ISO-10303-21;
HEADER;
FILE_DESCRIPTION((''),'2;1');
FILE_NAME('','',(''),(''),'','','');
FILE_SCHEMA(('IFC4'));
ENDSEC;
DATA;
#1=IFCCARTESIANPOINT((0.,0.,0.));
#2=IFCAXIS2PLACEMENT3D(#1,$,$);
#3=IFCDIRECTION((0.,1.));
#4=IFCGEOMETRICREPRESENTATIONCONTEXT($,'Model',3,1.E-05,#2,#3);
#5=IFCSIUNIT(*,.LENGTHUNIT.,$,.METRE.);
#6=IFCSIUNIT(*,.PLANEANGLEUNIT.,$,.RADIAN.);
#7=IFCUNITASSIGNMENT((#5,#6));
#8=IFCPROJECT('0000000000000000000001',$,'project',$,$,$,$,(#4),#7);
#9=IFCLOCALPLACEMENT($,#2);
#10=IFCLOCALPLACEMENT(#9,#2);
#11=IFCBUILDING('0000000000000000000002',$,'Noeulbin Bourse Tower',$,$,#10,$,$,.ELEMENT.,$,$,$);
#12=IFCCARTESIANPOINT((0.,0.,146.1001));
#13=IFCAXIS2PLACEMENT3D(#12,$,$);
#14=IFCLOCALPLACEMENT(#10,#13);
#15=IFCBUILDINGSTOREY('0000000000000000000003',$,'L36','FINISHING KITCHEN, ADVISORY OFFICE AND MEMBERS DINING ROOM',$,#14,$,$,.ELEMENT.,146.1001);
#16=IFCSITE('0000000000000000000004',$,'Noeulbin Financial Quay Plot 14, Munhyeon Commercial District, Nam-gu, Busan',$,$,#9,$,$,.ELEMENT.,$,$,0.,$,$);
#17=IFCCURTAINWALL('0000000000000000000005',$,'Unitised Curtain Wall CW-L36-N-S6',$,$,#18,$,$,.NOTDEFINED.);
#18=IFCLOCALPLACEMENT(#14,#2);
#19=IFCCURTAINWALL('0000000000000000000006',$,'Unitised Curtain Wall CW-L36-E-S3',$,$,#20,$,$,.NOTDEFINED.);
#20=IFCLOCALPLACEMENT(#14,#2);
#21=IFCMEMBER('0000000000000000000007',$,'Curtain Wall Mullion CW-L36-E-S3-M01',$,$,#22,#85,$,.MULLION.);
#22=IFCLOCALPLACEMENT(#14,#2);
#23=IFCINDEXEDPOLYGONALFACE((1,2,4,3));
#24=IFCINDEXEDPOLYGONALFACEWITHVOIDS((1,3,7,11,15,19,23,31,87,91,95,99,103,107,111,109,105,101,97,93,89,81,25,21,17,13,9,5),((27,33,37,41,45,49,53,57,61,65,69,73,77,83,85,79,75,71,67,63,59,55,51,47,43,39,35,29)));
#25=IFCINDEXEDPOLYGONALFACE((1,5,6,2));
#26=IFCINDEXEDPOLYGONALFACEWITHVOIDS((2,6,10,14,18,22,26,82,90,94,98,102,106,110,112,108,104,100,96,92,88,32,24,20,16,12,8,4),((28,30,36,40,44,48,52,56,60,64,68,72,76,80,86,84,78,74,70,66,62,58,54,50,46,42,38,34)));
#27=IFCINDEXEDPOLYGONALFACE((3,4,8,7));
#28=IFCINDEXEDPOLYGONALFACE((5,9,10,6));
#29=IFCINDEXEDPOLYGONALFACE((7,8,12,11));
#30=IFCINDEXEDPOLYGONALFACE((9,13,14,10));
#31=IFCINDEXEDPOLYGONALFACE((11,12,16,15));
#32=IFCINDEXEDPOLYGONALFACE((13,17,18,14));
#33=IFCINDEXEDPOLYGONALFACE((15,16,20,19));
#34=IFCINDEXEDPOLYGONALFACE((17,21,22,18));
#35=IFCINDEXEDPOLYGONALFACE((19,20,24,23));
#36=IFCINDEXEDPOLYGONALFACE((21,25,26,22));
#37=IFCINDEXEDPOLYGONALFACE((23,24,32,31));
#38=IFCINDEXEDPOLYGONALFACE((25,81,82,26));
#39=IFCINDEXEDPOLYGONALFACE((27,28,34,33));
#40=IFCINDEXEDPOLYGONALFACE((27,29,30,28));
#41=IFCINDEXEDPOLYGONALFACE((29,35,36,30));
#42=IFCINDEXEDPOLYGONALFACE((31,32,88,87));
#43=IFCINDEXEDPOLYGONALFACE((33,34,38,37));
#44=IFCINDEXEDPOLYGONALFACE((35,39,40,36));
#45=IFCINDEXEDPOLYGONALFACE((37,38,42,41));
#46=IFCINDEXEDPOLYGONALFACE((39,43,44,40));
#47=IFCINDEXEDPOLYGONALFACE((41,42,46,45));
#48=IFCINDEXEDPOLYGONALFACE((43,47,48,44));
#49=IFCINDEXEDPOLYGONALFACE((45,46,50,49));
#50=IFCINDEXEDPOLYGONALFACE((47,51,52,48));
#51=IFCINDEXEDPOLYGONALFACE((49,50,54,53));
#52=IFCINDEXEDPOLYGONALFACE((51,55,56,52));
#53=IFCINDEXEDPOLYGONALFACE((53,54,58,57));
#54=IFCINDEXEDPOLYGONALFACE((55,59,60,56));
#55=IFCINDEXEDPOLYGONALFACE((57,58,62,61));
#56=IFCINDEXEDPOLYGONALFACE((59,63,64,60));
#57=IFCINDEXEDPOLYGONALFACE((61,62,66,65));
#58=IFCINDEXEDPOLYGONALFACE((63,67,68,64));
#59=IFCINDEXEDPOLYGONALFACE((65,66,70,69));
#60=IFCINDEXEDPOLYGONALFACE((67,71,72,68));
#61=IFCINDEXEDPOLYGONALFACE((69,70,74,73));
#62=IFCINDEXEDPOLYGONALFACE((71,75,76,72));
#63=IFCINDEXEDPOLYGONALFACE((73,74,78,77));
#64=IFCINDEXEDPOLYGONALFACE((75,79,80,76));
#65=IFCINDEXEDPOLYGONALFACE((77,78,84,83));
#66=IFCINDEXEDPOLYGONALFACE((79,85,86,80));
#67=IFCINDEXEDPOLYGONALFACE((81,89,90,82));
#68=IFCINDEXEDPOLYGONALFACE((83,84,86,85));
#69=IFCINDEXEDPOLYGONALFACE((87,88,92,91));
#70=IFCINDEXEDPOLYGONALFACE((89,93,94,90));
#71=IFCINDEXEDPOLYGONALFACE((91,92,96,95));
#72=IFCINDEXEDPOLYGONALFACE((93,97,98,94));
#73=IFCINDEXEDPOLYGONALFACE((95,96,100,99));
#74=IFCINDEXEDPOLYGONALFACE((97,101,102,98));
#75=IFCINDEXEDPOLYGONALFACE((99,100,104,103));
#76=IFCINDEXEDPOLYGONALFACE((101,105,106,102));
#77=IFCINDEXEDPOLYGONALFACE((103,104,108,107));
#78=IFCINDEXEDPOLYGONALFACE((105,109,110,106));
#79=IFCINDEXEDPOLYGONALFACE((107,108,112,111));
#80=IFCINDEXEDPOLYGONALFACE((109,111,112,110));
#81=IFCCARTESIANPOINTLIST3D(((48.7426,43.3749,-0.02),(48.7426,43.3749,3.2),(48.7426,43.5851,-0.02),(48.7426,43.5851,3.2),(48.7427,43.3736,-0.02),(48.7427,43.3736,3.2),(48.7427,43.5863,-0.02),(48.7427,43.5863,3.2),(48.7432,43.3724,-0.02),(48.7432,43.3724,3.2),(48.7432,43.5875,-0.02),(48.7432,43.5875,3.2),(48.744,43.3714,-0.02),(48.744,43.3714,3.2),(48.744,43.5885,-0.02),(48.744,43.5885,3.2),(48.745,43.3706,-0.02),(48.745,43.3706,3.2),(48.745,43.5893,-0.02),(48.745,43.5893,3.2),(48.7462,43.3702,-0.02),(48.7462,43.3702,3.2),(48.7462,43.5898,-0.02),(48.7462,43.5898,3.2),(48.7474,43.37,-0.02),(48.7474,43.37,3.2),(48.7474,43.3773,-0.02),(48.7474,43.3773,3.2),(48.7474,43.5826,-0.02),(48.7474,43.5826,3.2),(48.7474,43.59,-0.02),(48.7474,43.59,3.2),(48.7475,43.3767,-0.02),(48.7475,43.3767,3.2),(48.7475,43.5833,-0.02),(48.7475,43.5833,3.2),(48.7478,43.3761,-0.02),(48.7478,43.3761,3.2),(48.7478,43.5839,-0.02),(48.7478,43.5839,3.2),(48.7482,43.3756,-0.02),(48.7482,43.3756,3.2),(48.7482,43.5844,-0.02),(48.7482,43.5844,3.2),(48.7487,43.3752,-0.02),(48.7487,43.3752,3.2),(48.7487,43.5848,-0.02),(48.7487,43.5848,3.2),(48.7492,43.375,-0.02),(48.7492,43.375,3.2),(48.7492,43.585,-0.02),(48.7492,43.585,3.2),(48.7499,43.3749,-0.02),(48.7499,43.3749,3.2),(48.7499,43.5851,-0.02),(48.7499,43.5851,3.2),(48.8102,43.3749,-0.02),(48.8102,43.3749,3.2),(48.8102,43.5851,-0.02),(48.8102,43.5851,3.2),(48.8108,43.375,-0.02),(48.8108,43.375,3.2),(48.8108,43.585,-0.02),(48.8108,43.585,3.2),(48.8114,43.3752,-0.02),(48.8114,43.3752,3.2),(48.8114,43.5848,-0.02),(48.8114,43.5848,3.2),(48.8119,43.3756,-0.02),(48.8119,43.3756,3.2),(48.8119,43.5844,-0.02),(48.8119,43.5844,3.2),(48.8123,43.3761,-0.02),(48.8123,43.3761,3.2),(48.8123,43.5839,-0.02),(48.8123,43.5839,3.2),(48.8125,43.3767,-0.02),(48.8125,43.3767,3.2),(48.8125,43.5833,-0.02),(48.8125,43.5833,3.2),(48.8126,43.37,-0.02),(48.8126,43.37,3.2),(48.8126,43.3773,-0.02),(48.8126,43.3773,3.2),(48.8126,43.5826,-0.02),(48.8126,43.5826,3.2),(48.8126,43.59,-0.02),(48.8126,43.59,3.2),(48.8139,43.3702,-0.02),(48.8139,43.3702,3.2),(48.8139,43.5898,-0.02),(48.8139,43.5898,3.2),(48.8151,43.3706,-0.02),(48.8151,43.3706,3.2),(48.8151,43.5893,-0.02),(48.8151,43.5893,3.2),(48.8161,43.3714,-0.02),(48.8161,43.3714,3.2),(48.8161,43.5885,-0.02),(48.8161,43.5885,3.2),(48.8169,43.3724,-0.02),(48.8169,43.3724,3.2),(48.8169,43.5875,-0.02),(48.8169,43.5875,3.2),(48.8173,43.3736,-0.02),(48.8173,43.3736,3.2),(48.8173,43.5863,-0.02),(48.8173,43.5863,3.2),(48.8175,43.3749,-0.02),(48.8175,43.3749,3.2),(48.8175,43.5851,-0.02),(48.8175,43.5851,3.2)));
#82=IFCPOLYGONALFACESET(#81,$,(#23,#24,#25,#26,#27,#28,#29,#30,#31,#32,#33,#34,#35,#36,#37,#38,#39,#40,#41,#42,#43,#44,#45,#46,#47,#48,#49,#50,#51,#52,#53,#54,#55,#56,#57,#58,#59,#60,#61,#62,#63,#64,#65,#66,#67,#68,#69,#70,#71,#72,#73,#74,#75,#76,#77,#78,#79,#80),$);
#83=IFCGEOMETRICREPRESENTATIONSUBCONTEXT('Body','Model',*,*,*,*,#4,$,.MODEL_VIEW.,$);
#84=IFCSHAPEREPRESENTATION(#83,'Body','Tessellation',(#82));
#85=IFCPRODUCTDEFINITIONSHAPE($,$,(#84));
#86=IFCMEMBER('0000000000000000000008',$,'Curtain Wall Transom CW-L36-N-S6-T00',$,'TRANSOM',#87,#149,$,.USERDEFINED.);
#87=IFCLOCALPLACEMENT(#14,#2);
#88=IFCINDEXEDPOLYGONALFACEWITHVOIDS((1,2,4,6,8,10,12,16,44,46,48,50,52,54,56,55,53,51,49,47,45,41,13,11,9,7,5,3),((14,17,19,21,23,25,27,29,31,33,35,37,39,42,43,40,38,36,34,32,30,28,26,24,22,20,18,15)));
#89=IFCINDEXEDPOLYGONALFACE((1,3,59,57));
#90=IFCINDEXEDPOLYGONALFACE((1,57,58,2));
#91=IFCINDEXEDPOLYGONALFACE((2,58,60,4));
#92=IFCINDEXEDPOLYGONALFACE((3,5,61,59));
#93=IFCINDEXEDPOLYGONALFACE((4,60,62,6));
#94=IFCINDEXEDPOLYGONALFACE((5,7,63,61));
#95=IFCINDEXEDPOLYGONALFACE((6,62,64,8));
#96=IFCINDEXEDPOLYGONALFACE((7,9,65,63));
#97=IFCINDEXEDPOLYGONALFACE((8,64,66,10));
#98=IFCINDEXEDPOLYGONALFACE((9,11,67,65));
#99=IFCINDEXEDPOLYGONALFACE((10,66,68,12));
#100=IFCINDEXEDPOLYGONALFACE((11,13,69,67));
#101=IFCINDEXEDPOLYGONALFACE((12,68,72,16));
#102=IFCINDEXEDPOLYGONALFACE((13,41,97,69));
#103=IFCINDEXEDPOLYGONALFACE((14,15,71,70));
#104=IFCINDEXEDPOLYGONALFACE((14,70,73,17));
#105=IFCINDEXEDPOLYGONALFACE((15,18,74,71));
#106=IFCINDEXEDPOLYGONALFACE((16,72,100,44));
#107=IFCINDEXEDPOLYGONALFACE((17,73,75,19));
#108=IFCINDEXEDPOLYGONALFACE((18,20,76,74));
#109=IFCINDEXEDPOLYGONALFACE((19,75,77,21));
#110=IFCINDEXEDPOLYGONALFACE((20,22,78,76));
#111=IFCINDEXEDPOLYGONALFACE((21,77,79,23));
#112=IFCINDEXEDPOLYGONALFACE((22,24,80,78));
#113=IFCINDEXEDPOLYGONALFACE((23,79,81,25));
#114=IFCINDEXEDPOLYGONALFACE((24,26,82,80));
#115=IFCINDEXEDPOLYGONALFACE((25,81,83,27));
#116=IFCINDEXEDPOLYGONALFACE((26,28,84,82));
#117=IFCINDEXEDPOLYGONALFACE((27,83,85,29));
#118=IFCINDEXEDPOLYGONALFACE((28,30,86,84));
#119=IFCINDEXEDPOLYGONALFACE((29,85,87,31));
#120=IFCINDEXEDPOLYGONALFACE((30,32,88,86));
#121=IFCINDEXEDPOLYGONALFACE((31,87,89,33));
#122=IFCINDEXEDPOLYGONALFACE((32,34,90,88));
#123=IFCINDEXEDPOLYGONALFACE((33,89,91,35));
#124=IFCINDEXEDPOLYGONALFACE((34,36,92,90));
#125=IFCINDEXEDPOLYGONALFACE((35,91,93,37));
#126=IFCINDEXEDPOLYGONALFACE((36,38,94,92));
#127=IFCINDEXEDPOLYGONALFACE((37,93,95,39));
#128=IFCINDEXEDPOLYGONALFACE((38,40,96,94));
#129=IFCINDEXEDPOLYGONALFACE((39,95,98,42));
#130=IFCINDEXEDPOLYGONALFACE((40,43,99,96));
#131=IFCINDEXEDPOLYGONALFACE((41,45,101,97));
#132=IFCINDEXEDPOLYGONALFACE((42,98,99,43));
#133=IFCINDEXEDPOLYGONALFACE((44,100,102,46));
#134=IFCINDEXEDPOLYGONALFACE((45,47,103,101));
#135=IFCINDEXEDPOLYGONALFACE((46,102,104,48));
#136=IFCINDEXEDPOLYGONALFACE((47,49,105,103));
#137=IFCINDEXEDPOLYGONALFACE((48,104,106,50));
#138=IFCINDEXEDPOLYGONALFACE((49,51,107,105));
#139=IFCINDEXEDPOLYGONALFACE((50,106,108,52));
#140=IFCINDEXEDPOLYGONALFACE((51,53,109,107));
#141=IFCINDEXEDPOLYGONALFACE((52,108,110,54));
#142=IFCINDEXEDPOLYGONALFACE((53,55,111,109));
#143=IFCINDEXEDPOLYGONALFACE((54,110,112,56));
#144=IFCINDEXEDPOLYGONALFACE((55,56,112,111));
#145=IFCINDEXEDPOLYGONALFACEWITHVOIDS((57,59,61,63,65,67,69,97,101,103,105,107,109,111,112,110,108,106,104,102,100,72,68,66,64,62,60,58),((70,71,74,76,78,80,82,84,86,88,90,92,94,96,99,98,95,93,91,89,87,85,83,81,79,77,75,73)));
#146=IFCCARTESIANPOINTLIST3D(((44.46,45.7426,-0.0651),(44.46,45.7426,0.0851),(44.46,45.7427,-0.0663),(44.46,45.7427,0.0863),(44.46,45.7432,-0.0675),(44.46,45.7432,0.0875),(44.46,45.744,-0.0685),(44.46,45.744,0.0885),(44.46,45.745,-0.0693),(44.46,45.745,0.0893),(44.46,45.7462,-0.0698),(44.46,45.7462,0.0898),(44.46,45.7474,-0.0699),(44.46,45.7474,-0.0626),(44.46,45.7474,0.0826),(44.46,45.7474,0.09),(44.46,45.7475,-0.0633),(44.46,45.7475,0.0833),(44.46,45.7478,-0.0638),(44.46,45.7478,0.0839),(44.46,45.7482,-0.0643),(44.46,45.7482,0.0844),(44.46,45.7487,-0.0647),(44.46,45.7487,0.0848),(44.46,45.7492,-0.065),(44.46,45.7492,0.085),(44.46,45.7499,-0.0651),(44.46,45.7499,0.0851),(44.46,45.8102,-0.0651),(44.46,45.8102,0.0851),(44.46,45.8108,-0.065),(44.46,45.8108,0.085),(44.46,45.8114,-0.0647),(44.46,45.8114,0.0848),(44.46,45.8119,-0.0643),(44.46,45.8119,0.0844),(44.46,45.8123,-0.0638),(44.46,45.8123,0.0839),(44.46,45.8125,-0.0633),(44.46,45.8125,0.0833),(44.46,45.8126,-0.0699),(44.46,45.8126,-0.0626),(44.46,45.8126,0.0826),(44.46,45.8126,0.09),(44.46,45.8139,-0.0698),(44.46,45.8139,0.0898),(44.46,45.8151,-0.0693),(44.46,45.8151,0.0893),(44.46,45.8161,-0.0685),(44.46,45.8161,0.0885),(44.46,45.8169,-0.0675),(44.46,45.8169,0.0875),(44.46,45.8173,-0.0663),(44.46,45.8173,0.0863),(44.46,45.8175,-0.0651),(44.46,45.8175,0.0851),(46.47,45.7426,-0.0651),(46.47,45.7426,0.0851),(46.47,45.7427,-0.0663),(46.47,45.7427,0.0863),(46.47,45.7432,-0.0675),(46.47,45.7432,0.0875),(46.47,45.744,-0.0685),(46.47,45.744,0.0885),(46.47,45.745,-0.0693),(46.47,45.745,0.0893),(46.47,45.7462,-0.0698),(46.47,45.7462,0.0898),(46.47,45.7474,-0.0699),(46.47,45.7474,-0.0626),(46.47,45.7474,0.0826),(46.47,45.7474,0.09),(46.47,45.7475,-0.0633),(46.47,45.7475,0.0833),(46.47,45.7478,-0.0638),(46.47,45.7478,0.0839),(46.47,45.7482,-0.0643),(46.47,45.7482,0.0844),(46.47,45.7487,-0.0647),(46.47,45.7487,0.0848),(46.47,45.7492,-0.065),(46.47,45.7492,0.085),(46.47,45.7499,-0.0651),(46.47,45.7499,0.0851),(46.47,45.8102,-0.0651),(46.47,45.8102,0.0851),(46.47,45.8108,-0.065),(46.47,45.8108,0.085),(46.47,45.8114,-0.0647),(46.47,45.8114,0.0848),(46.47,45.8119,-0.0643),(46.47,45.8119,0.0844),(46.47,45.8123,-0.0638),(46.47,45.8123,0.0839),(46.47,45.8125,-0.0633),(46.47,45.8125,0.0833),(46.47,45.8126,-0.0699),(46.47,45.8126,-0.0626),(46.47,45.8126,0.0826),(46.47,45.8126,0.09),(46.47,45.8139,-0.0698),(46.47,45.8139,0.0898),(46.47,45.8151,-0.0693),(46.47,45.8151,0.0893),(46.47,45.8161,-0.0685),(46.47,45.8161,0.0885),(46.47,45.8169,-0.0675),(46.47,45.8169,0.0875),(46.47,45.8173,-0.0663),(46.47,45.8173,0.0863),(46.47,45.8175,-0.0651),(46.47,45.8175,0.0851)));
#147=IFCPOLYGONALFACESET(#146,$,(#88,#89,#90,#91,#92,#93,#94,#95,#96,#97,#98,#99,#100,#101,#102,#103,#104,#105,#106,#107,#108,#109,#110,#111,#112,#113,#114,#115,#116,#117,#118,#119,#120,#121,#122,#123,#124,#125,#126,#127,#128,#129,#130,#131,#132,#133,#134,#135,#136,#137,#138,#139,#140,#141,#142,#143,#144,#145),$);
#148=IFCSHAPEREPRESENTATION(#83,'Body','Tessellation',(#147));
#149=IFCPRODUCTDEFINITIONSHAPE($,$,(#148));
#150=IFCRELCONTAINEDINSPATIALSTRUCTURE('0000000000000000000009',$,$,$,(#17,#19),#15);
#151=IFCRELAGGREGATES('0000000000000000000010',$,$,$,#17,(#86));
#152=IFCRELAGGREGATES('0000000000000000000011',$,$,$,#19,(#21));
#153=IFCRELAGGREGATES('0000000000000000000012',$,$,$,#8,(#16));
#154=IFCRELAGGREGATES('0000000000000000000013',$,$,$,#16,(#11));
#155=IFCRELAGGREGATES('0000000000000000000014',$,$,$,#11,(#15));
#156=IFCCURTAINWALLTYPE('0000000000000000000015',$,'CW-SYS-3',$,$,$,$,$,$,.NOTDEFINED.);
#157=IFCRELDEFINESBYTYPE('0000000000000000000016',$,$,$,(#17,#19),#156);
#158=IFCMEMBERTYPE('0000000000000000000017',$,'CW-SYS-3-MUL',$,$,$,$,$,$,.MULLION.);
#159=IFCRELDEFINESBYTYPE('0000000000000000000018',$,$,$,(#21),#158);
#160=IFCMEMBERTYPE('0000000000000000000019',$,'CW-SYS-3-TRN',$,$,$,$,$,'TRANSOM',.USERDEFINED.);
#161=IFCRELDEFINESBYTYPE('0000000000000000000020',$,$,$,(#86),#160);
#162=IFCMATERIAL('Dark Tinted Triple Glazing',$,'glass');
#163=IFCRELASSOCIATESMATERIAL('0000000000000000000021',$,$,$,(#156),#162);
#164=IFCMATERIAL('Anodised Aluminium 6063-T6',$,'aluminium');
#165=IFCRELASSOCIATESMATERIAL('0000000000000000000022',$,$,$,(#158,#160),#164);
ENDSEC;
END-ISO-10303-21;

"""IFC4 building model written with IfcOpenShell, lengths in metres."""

from ifc_helpers import new_model, si_unit, direction, frame, origin, origin_2d, place, context, subcontext, project, spatial, hollow_rectangle, extrude, material, material_profile, profile_set, type_object, element, aggregate, save


model = new_model("IFC4")

# Units and contexts
model_context = context("Model", 3, precision=1e-05, world=origin(), true_north=direction((0.0, 1.0)))
body_context = subcontext(model_context, "Body", "Model", "MODEL_VIEW")
ifc_project = project(units=[si_unit("LENGTHUNIT", "METRE"), si_unit("PLANEANGLEUNIT", "RADIAN")], contexts=[model_context])

# Site, building, storey
site_placement = place(None, origin())
site = spatial("IfcSite", under=ifc_project, at=site_placement, Name="Noeulbin Financial Quay Plot 14, Munhyeon Commercial District, Nam-gu, Busan", CompositionType="ELEMENT", RefElevation=0.0)
building_placement = place(site_placement, origin())
building = spatial("IfcBuilding", under=site, at=building_placement, Name="Noeulbin Bourse Tower", CompositionType="ELEMENT")
storey_placement = place(building_placement, frame((0.0, 0.0, 146.1001)))
storey = spatial("IfcBuildingStorey", under=building, at=storey_placement, Name="L36", Description="FINISHING KITCHEN, ADVISORY OFFICE AND MEMBERS DINING ROOM", CompositionType="ELEMENT", Elevation=146.1001)

# Shared definitions
ifc_material_1 = material(Name="Dark Tinted Triple Glazing", Category="glass")
curtain_wall_type = type_object("IfcCurtainWallType", Name="CW-SYS-3", PredefinedType="NOTDEFINED", material=ifc_material_1)
ifc_material_2 = material(Name="Anodised Aluminium 6063-T6", Category="aluminium")
ifc_material_profile_1 = material_profile(ifc_material_2, hollow_rectangle(XDim=0.075, YDim=0.22, WallThickness=0.0049, InnerFilletRadius=0.0024, OuterFilletRadius=0.0049, at=origin_2d()), Name="ALU-MULL-75x220x5", Category="LoadBearing")
ifc_profile_set_1 = profile_set([ifc_material_profile_1], Name="Anodised Aluminium 6063-T6")
member_type_1 = type_object("IfcMemberType", Name="CW-SYS-3-MUL", PredefinedType="MULLION", material=ifc_profile_set_1)

# Curtain walls, member
curtain_wall_1_placement = place(storey_placement, origin())
curtain_wall_1 = element("IfcCurtainWall", 1, at=curtain_wall_1_placement, inside=storey, type_object=curtain_wall_type, Name="Unitised Curtain Wall CW-L36-N-S6", PredefinedType="NOTDEFINED")
curtain_wall_2_placement = place(storey_placement, origin())
curtain_wall_2 = element("IfcCurtainWall", 2, at=curtain_wall_2_placement, inside=storey, type_object=curtain_wall_type, Name="Unitised Curtain Wall CW-L36-E-S3", PredefinedType="NOTDEFINED")
member_1_placement = place(storey_placement, frame((48.78, 43.48, -0.02), z_axis=(0.0, 0.0, 1.0), x_axis=(1.0, 0.0, 0.0)))
member_1 = element("IfcMember", 3, at=member_1_placement, type_object=member_type_1, Name="Curtain Wall Mullion CW-L36-E-S3-M01", PredefinedType="MULLION", context=body_context, shape_type="SweptSolid", body=[
    extrude(hollow_rectangle(XDim=0.075, YDim=0.22, WallThickness=0.0049, InnerFilletRadius=0.0024, OuterFilletRadius=0.0049, at=origin_2d()), origin(), (0.0, 0.0, 1.0), 3.22),
])

# Member
ifc_material_profile_2 = material_profile(ifc_material_2, hollow_rectangle(XDim=0.075, YDim=0.1599, WallThickness=0.0049, InnerFilletRadius=0.0024, OuterFilletRadius=0.0049, at=origin_2d()), Name="ALU-TRAN-75x160x5", Category="LoadBearing")
ifc_profile_set_2 = profile_set([ifc_material_profile_2], Name="Anodised Aluminium 6063-T6")
member_type_2 = type_object("IfcMemberType", Name="CW-SYS-3-TRN", ElementType="TRANSOM", PredefinedType="USERDEFINED", material=ifc_profile_set_2)
member_2_placement = place(storey_placement, frame((44.46, 45.78, 0.01), z_axis=(1.0, 0.0, 0.0), x_axis=(0.0, 1.0, 0.0)))
member_2 = element("IfcMember", 4, at=member_2_placement, type_object=member_type_2, Name="Curtain Wall Transom CW-L36-N-S6-T00", ObjectType="TRANSOM", PredefinedType="USERDEFINED", context=body_context, shape_type="SweptSolid", body=[
    extrude(hollow_rectangle(XDim=0.075, YDim=0.1599, WallThickness=0.0049, InnerFilletRadius=0.0024, OuterFilletRadius=0.0049, at=origin_2d()), origin(), (0.0, 0.0, 1.0), 2.01),
])

aggregate(curtain_wall_1, [member_2])
aggregate(curtain_wall_2, [member_1])

save(model, "model.ifc")
